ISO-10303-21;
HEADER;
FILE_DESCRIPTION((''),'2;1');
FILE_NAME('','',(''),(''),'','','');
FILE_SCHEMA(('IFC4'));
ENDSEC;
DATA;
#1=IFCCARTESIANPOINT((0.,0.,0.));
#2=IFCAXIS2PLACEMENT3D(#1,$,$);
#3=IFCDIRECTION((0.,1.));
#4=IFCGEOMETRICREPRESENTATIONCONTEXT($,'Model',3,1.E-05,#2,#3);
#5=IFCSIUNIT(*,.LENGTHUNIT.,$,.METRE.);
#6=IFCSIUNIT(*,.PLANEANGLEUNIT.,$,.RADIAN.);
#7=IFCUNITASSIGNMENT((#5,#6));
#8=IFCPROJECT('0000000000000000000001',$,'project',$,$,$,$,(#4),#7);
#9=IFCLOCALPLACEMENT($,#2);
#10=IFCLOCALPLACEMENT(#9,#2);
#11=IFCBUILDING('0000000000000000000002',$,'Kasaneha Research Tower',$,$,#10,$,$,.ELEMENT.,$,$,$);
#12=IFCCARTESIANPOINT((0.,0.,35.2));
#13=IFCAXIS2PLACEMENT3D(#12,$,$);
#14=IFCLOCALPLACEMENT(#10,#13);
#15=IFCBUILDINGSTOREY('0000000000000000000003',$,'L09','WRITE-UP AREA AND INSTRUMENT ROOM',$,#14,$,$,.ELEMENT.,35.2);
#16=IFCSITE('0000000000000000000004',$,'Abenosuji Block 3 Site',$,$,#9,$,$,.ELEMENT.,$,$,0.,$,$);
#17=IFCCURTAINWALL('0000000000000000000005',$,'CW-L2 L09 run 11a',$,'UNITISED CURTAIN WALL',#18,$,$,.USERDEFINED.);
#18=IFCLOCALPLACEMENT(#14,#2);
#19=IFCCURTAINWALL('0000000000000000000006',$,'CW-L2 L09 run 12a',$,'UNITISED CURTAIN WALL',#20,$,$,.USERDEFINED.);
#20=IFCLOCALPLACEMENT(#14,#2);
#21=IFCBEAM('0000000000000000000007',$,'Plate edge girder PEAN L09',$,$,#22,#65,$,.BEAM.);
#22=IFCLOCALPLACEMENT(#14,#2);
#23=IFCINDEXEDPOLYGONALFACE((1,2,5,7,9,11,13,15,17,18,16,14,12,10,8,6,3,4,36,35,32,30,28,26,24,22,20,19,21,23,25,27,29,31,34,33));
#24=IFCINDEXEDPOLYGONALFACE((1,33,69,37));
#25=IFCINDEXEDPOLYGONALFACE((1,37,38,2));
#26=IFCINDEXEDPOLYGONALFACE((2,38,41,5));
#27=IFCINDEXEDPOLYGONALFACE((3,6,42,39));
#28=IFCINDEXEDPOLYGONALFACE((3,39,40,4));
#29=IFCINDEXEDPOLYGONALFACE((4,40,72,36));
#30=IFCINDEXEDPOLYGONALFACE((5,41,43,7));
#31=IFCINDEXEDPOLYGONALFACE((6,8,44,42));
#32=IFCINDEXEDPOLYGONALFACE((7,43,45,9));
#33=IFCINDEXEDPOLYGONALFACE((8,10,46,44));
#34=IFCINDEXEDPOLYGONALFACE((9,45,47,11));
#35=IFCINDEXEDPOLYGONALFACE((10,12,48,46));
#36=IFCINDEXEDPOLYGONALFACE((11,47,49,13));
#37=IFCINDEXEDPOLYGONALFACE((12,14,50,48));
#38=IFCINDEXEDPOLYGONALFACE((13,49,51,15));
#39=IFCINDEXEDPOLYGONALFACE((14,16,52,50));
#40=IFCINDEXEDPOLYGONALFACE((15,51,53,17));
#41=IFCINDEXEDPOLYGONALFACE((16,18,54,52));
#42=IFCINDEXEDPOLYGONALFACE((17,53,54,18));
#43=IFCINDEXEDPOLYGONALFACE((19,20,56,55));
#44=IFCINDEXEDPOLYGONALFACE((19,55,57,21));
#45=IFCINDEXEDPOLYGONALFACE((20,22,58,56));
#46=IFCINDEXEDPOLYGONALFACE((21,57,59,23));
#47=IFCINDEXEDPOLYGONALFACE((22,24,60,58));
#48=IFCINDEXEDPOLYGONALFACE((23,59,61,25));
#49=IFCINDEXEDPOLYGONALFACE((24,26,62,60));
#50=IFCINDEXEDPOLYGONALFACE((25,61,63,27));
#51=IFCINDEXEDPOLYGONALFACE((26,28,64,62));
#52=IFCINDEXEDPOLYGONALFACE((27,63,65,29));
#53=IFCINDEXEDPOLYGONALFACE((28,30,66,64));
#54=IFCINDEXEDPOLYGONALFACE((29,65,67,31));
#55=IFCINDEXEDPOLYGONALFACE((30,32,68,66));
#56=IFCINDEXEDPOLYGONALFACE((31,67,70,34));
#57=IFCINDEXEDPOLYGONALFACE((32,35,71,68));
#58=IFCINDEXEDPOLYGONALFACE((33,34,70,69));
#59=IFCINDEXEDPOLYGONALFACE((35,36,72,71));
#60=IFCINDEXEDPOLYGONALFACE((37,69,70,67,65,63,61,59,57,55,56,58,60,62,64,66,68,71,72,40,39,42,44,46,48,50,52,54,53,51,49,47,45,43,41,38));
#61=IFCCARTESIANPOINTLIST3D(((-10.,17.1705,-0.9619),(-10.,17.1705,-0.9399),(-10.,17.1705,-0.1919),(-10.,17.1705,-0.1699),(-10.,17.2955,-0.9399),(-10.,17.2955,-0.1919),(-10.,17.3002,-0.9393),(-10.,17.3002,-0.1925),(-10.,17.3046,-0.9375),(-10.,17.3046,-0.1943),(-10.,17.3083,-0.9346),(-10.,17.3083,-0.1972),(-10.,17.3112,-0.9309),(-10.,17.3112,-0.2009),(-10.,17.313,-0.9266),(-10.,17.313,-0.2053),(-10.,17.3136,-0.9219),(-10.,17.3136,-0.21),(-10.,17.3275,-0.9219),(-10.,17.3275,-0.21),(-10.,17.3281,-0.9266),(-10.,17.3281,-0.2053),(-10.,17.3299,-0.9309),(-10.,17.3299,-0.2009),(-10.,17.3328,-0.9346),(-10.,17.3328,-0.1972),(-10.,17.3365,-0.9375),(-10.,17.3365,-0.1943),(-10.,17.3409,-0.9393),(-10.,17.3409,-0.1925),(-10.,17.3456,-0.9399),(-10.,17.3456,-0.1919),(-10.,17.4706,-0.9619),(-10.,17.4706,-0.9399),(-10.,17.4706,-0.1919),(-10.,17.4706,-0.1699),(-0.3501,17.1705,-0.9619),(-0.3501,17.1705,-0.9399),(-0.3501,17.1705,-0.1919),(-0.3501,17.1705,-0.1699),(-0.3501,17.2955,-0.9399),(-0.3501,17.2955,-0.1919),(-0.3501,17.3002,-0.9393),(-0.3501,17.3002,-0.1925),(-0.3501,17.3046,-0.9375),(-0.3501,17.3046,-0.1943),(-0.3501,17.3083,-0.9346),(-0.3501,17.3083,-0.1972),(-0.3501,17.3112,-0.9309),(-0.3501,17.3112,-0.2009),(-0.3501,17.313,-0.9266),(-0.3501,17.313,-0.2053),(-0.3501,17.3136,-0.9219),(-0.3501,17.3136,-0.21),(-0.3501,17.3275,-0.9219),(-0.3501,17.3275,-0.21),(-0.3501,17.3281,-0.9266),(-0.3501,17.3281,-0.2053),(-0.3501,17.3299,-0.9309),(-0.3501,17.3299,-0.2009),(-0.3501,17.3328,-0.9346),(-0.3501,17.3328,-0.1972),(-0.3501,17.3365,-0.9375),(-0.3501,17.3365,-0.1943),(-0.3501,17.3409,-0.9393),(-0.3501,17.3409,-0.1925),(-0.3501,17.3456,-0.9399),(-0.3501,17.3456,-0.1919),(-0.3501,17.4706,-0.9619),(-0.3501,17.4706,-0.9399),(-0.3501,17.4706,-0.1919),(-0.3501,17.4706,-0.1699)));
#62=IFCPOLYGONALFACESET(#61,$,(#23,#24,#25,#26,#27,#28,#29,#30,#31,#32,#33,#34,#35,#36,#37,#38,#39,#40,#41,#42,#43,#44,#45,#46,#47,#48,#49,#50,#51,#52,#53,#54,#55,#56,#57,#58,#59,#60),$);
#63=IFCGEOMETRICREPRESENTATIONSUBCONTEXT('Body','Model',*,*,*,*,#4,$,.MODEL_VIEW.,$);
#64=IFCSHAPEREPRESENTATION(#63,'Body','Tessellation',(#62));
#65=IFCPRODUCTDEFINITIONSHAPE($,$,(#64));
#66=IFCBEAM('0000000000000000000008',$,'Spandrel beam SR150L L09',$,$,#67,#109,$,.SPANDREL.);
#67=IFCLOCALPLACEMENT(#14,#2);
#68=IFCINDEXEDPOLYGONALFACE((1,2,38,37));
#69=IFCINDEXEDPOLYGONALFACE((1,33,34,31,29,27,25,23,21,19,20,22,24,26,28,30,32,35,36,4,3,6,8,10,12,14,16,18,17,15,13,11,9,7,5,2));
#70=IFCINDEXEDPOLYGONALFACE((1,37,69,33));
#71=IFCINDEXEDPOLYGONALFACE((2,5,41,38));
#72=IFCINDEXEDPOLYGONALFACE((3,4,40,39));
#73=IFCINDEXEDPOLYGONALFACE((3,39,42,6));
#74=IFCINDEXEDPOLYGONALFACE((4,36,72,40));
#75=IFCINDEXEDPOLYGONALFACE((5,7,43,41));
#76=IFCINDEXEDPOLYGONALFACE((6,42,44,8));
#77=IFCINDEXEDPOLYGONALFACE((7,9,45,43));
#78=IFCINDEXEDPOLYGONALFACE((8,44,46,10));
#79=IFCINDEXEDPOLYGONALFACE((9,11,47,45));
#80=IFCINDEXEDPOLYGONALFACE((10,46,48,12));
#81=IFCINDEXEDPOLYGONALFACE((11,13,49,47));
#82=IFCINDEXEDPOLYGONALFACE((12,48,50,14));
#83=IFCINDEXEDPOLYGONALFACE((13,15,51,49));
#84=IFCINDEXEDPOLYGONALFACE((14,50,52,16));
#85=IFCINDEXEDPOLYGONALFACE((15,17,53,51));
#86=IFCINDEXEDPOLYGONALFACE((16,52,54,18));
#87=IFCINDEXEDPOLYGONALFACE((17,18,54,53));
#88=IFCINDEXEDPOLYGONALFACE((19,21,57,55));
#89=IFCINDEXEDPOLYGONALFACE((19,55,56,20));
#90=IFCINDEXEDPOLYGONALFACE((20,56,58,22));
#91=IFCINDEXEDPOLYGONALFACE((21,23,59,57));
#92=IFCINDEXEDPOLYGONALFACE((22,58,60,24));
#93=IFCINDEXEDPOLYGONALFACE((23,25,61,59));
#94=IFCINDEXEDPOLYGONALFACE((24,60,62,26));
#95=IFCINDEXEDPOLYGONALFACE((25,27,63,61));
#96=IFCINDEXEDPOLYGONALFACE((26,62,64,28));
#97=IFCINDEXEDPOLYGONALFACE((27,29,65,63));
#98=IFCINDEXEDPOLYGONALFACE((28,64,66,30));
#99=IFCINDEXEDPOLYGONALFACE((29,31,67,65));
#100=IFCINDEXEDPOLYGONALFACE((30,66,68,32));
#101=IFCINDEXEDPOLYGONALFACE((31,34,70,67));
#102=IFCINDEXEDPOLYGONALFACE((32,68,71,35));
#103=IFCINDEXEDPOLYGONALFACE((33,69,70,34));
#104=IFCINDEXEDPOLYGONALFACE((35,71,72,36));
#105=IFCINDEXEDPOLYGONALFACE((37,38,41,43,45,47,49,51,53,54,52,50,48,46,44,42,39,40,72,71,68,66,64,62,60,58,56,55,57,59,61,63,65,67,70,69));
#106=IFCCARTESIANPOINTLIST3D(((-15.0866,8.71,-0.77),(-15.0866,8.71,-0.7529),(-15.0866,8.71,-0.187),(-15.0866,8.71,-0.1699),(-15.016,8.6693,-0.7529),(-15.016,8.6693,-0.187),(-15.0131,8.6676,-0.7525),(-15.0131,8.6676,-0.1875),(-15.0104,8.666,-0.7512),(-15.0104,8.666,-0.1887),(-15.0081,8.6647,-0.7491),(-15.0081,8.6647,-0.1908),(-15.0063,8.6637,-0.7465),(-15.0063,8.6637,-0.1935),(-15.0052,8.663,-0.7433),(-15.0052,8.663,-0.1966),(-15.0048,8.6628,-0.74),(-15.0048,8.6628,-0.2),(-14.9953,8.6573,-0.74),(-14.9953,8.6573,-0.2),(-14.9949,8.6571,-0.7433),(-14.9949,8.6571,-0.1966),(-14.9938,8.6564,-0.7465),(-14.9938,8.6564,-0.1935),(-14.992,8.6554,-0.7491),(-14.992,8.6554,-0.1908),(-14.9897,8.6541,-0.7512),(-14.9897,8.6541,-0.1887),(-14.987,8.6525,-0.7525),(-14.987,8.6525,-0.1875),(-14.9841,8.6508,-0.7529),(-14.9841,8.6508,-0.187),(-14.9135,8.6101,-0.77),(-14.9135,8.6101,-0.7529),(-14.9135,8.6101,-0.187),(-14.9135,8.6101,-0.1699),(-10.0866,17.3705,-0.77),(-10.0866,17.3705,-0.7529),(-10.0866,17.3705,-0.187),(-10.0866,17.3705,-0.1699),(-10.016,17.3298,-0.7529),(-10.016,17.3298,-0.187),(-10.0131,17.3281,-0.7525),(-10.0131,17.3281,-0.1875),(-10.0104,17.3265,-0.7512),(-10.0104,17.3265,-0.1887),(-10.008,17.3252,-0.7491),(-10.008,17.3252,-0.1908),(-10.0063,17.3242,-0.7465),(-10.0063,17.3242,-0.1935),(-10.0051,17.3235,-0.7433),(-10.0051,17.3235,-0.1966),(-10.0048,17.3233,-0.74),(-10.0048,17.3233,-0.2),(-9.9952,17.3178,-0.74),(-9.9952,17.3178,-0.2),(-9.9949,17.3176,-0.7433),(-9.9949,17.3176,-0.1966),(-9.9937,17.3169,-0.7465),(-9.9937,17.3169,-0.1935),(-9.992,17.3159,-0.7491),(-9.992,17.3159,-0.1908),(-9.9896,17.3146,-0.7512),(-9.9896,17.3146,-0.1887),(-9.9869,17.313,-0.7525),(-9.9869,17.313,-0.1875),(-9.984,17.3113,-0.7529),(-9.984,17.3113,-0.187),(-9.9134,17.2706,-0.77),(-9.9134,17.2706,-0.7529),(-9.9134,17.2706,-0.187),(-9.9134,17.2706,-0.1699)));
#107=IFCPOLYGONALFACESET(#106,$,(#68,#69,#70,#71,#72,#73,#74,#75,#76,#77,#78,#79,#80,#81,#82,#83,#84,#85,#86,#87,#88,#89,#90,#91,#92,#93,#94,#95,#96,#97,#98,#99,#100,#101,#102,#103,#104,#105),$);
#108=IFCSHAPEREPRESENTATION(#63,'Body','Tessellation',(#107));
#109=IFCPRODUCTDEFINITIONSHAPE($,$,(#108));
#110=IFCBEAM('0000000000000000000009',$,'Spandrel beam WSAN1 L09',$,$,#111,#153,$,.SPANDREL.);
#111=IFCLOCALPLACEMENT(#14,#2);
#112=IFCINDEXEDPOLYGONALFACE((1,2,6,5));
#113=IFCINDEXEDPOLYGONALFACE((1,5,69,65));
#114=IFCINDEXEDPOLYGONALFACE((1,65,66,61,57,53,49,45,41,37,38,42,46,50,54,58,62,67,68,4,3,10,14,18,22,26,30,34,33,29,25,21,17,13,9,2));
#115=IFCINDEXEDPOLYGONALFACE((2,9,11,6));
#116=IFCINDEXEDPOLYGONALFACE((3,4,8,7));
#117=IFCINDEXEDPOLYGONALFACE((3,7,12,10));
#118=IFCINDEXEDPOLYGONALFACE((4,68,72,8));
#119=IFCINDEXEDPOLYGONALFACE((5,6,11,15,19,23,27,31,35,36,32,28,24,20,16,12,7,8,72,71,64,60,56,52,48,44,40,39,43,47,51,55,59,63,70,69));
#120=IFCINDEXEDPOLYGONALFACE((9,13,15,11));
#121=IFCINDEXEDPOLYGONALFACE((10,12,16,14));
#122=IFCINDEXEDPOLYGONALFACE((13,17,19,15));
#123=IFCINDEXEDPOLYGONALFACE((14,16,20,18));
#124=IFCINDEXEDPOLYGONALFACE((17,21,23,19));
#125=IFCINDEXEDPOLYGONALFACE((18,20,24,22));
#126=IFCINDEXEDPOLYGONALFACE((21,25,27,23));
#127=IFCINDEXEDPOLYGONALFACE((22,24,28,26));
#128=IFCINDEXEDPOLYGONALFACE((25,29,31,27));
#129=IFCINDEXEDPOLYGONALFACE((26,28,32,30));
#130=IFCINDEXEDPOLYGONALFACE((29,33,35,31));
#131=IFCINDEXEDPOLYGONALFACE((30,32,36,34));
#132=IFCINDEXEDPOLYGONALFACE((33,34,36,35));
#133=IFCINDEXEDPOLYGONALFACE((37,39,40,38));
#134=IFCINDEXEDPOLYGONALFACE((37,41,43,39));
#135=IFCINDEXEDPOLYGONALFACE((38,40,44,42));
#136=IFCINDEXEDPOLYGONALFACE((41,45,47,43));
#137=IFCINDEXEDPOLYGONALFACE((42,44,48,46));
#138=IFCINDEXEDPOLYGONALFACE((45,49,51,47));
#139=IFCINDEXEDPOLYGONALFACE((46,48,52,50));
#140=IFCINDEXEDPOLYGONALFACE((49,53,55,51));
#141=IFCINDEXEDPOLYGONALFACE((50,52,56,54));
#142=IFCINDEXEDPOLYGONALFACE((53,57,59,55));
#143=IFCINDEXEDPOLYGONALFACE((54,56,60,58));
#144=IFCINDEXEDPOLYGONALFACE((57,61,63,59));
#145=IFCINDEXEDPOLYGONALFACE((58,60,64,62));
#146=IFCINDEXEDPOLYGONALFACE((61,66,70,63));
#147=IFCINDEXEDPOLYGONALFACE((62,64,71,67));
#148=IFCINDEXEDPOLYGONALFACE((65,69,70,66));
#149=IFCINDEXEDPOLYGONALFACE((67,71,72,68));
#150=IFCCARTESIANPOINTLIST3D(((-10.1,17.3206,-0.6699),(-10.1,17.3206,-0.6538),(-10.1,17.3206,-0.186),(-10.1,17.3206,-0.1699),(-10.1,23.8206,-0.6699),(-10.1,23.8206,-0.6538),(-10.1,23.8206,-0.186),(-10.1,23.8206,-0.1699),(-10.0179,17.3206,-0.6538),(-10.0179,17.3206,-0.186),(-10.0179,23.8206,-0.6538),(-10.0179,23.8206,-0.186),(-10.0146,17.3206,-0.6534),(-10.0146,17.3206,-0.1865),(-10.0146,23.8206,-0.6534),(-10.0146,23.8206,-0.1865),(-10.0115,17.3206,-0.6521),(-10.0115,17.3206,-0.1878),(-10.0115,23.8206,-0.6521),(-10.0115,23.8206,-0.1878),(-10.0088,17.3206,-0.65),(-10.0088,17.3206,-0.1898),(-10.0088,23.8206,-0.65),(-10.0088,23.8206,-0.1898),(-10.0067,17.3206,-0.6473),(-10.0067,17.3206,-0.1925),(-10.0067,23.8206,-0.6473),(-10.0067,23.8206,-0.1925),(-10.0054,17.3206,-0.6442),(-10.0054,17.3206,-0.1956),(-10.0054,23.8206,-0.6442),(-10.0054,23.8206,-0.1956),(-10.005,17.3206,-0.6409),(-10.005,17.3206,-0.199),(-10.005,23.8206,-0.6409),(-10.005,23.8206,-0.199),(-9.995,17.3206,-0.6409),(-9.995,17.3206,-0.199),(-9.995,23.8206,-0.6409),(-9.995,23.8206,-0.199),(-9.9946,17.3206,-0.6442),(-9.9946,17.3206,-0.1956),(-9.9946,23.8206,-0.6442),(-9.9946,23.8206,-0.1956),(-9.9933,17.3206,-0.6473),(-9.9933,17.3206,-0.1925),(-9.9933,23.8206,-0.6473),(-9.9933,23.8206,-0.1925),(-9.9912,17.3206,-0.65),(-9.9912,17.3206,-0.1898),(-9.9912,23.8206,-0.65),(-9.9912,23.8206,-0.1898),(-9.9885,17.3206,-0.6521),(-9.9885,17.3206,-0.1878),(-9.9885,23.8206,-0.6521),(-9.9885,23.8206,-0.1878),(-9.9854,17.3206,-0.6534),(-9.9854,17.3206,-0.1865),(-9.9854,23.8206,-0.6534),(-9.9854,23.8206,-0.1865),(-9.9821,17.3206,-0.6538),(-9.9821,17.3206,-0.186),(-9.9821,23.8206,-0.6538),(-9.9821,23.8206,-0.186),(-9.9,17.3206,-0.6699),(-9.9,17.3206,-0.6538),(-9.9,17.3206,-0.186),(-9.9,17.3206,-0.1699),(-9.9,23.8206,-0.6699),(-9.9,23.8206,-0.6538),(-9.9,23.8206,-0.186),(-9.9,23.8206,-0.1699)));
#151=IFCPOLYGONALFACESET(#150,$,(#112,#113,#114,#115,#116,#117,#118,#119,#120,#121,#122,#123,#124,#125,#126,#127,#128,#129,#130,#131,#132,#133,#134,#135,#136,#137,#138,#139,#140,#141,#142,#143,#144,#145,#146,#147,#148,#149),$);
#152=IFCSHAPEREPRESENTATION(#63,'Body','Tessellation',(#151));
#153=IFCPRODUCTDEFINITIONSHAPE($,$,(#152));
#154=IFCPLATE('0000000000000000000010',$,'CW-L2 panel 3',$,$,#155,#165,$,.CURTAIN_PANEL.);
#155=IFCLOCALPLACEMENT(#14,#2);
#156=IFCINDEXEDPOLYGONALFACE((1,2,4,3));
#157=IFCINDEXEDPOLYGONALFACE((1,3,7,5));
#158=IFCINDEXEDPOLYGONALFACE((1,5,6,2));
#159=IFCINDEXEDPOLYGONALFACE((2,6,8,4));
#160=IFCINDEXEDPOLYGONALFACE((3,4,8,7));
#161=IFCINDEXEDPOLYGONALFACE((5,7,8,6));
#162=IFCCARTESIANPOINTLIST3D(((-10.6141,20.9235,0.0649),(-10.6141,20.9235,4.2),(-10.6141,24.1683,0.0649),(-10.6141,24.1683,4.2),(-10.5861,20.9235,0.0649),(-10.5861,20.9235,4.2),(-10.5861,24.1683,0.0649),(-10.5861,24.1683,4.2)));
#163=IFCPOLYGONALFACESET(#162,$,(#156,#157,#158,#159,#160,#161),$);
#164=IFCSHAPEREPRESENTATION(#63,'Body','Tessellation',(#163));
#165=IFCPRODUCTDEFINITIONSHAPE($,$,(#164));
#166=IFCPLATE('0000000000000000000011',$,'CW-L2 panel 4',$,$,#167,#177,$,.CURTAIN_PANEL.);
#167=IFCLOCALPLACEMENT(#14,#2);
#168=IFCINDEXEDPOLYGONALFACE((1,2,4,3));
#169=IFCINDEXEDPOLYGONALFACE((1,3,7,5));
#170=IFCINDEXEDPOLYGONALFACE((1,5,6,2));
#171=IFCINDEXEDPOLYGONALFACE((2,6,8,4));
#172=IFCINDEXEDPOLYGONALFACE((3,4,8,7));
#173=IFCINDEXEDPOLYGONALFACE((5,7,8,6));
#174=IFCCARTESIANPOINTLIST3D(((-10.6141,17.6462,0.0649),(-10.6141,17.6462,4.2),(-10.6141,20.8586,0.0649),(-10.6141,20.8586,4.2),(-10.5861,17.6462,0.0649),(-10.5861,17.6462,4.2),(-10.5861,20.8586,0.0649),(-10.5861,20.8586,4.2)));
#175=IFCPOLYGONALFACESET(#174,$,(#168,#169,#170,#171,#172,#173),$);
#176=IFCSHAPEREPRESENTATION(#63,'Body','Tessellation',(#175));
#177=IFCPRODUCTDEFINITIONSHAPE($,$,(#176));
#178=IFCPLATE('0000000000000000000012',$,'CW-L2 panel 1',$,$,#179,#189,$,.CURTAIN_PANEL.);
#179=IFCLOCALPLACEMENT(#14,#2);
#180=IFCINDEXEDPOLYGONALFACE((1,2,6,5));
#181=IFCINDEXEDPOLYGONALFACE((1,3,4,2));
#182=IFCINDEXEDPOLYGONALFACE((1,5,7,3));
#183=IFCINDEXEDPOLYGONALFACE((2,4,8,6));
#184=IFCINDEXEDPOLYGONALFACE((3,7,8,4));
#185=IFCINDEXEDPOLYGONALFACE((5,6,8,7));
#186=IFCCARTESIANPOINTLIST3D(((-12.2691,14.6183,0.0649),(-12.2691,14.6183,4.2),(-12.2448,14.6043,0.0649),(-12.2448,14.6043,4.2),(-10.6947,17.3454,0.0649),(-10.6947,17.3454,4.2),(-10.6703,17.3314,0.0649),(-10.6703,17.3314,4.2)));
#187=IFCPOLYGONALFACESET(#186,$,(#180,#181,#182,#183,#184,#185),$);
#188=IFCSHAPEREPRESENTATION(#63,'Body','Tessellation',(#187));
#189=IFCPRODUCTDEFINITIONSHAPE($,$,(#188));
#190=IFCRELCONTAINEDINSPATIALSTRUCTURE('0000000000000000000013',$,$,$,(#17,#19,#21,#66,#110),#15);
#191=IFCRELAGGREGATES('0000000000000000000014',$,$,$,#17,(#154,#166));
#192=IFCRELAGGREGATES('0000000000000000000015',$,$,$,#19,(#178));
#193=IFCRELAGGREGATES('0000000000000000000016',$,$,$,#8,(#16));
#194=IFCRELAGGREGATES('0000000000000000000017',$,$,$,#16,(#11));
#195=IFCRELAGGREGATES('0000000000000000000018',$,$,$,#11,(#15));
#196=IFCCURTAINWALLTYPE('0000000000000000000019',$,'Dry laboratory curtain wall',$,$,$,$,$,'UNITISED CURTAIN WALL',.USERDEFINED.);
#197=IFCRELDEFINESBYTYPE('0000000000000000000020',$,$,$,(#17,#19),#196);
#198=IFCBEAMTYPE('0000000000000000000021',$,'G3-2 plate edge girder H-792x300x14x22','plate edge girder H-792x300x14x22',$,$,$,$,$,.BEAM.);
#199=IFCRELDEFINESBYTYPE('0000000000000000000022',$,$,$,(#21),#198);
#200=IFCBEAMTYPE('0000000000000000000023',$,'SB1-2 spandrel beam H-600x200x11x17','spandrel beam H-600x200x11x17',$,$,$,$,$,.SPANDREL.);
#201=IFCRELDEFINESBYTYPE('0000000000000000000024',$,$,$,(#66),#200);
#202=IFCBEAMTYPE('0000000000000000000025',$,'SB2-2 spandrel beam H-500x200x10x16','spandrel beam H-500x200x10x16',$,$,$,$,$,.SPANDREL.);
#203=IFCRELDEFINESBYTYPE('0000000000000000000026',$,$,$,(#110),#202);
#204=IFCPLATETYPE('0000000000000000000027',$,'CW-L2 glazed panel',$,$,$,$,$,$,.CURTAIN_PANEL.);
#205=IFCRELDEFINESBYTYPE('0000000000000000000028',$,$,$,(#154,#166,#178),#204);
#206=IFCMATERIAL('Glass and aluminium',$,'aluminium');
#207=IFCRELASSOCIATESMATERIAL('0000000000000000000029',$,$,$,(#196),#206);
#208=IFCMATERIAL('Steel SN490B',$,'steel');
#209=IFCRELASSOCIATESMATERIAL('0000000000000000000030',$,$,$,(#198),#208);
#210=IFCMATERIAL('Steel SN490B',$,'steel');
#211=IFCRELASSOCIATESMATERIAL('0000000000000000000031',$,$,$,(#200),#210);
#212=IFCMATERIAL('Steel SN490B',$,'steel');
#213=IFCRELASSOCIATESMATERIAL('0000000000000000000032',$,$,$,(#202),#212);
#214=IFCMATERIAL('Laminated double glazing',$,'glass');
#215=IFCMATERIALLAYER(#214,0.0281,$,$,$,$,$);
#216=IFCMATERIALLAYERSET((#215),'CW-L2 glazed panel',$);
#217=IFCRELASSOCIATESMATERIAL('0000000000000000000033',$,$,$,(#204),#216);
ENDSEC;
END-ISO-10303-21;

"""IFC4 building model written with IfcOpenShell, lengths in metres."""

from ifc_helpers import new_model, si_unit, direction, frame, origin, origin_2d, place, context, subcontext, project, spatial, rectangle, i_section, extrude, material, layer, layer_set, material_profile, profile_set, type_object, element, aggregate, save


model = new_model("IFC4")

# Units and contexts
model_context = context("Model", 3, precision=1e-05, world=origin(), true_north=direction((0.0, 1.0)))
body_context = subcontext(model_context, "Body", "Model", "MODEL_VIEW")
ifc_project = project(units=[si_unit("LENGTHUNIT", "METRE"), si_unit("PLANEANGLEUNIT", "RADIAN")], contexts=[model_context])

# Site, building, storey
site_placement = place(None, origin())
site = spatial("IfcSite", under=ifc_project, at=site_placement, Name="Abenosuji Block 3 Site", CompositionType="ELEMENT", RefElevation=0.0)
building_placement = place(site_placement, origin())
building = spatial("IfcBuilding", under=site, at=building_placement, Name="Kasaneha Research Tower", CompositionType="ELEMENT")
storey_placement = place(building_placement, frame((0.0, 0.0, 35.2)))
storey = spatial("IfcBuildingStorey", under=building, at=storey_placement, Name="L09", Description="WRITE-UP AREA AND INSTRUMENT ROOM", CompositionType="ELEMENT", Elevation=35.2)

# Curtain walls
ifc_material_1 = material(Name="Glass and aluminium", Category="aluminium")
curtain_wall_type = type_object("IfcCurtainWallType", Name="Dry laboratory curtain wall", ElementType="UNITISED CURTAIN WALL", PredefinedType="USERDEFINED", material=ifc_material_1)
curtain_wall_1_placement = place(storey_placement, origin())
curtain_wall_1 = element("IfcCurtainWall", 1, at=curtain_wall_1_placement, inside=storey, type_object=curtain_wall_type, Name="CW-L2 L09 run 11a", ObjectType="UNITISED CURTAIN WALL", PredefinedType="USERDEFINED")
curtain_wall_2_placement = place(storey_placement, origin())
curtain_wall_2 = element("IfcCurtainWall", 2, at=curtain_wall_2_placement, inside=storey, type_object=curtain_wall_type, Name="CW-L2 L09 run 12a", ObjectType="UNITISED CURTAIN WALL", PredefinedType="USERDEFINED")

# Beams
ifc_material_2 = material(Name="Steel SN490B", Category="steel")
ifc_material_profile_1 = material_profile(ifc_material_2, i_section(OverallWidth=0.3, OverallDepth=0.792, WebThickness=0.0139, FlangeThickness=0.022, FilletRadius=0.0181, at=origin_2d()), Name="H-792x300x14x22")
ifc_profile_set_1 = profile_set([ifc_material_profile_1], Name="Steel SN490B")
beam_type_1 = type_object("IfcBeamType", Name="G3-2 plate edge girder H-792x300x14x22", Description="plate edge girder H-792x300x14x22", PredefinedType="BEAM", material=ifc_profile_set_1)
beam_1_placement = place(storey_placement, frame((-10.0, 17.3206, -0.5659), z_axis=(1.0, 0.0, 0.0), x_axis=(0.0, 1.0, 0.0)))
element("IfcBeam", 3, at=beam_1_placement, inside=storey, type_object=beam_type_1, Name="Plate edge girder PEAN L09", PredefinedType="BEAM", context=body_context, shape_type="SweptSolid", body=[
    extrude(i_section(OverallWidth=0.3, OverallDepth=0.792, WebThickness=0.0139, FlangeThickness=0.022, FilletRadius=0.0181, at=origin_2d()), origin(), (0.0, 0.0, 1.0), 9.6499),
])
ifc_material_3 = material(Name="Steel SN490B", Category="steel")
ifc_material_profile_2 = material_profile(ifc_material_3, i_section(OverallWidth=0.2, OverallDepth=0.6001, WebThickness=0.011, FlangeThickness=0.0171, FilletRadius=0.0129, at=origin_2d()), Name="H-600x200x11x17")
ifc_profile_set_2 = profile_set([ifc_material_profile_2], Name="Steel SN490B")
beam_type_2 = type_object("IfcBeamType", Name="SB1-2 spandrel beam H-600x200x11x17", Description="spandrel beam H-600x200x11x17", PredefinedType="SPANDREL", material=ifc_profile_set_2)
beam_2_placement = place(storey_placement, frame((-10.0, 17.3206, -0.47), z_axis=(-0.499994, -0.866029, 0.0), x_axis=(0.866029, -0.499994, 0.0)))
element("IfcBeam", 4, at=beam_2_placement, inside=storey, type_object=beam_type_2, Name="Spandrel beam SR150L L09", PredefinedType="SPANDREL", context=body_context, shape_type="SweptSolid", body=[
    extrude(i_section(OverallWidth=0.2, OverallDepth=0.6001, WebThickness=0.011, FlangeThickness=0.0171, FilletRadius=0.0129, at=origin_2d()), origin(), (0.0, 0.0, 1.0), 10.0002),
])
ifc_material_4 = material(Name="Steel SN490B", Category="steel")
ifc_material_profile_3 = material_profile(ifc_material_4, i_section(OverallWidth=0.2, OverallDepth=0.5, WebThickness=0.01, FlangeThickness=0.0161, FilletRadius=0.0129, at=origin_2d()), Name="H-500x200x10x16")
ifc_profile_set_3 = profile_set([ifc_material_profile_3], Name="Steel SN490B")
beam_type_3 = type_object("IfcBeamType", Name="SB2-2 spandrel beam H-500x200x10x16", Description="spandrel beam H-500x200x10x16", PredefinedType="SPANDREL", material=ifc_profile_set_3)
beam_3_placement = place(storey_placement, frame((-10.0, 17.3206, -0.4199), z_axis=(0.0, 1.0, 0.0), x_axis=(-1.0, 0.0, 0.0)))
element("IfcBeam", 5, at=beam_3_placement, inside=storey, type_object=beam_type_3, Name="Spandrel beam WSAN1 L09", PredefinedType="SPANDREL", context=body_context, shape_type="SweptSolid", body=[
    extrude(i_section(OverallWidth=0.2, OverallDepth=0.5, WebThickness=0.01, FlangeThickness=0.0161, FilletRadius=0.0129, at=origin_2d()), origin(), (0.0, 0.0, 1.0), 6.5),
])

# Plates
ifc_material_5 = material(Name="Laminated double glazing", Category="glass")
ifc_layer_1 = layer(ifc_material_5, 0.0281)
ifc_layer_set_1 = layer_set([ifc_layer_1], Name="CW-L2 glazed panel")
plate_type = type_object("IfcPlateType", Name="CW-L2 glazed panel", PredefinedType="CURTAIN_PANEL", material=ifc_layer_set_1)
plate_1_placement = place(storey_placement, frame((-10.6001, 22.5459, 0.0649), z_axis=(0.0, 0.0, 1.0), x_axis=(0.0, -1.0, 0.0)))
plate_1 = element("IfcPlate", 6, at=plate_1_placement, type_object=plate_type, Name="CW-L2 panel 3", PredefinedType="CURTAIN_PANEL", context=body_context, shape_type="SweptSolid", body=[
    extrude(rectangle(XDim=3.2449, YDim=0.0281, at=origin_2d()), origin(), (0.0, 0.0, 1.0), 4.135),
])
plate_2_placement = place(storey_placement, frame((-10.6001, 19.2524, 0.0649), z_axis=(0.0, 0.0, 1.0), x_axis=(0.0, -1.0, 0.0)))
plate_2 = element("IfcPlate", 7, at=plate_2_placement, type_object=plate_type, Name="CW-L2 panel 4", PredefinedType="CURTAIN_PANEL", context=body_context, shape_type="SweptSolid", body=[
    extrude(rectangle(XDim=3.2124, YDim=0.0281, at=origin_2d()), origin(), (0.0, 0.0, 1.0), 4.135),
])
aggregate(curtain_wall_1, [plate_1, plate_2])
plate_3_placement = place(storey_placement, frame((-11.4697, 15.9749, 0.0649), z_axis=(0.0, 0.0, 1.0), x_axis=(-0.5, -0.866025, 0.0)))
plate_3 = element("IfcPlate", 8, at=plate_3_placement, type_object=plate_type, Name="CW-L2 panel 1", PredefinedType="CURTAIN_PANEL", context=body_context, shape_type="SweptSolid", body=[
    extrude(rectangle(XDim=3.1489, YDim=0.0281, at=origin_2d()), origin(), (0.0, 0.0, 1.0), 4.135),
])
aggregate(curtain_wall_2, [plate_3])

save(model, "model.ifc")
